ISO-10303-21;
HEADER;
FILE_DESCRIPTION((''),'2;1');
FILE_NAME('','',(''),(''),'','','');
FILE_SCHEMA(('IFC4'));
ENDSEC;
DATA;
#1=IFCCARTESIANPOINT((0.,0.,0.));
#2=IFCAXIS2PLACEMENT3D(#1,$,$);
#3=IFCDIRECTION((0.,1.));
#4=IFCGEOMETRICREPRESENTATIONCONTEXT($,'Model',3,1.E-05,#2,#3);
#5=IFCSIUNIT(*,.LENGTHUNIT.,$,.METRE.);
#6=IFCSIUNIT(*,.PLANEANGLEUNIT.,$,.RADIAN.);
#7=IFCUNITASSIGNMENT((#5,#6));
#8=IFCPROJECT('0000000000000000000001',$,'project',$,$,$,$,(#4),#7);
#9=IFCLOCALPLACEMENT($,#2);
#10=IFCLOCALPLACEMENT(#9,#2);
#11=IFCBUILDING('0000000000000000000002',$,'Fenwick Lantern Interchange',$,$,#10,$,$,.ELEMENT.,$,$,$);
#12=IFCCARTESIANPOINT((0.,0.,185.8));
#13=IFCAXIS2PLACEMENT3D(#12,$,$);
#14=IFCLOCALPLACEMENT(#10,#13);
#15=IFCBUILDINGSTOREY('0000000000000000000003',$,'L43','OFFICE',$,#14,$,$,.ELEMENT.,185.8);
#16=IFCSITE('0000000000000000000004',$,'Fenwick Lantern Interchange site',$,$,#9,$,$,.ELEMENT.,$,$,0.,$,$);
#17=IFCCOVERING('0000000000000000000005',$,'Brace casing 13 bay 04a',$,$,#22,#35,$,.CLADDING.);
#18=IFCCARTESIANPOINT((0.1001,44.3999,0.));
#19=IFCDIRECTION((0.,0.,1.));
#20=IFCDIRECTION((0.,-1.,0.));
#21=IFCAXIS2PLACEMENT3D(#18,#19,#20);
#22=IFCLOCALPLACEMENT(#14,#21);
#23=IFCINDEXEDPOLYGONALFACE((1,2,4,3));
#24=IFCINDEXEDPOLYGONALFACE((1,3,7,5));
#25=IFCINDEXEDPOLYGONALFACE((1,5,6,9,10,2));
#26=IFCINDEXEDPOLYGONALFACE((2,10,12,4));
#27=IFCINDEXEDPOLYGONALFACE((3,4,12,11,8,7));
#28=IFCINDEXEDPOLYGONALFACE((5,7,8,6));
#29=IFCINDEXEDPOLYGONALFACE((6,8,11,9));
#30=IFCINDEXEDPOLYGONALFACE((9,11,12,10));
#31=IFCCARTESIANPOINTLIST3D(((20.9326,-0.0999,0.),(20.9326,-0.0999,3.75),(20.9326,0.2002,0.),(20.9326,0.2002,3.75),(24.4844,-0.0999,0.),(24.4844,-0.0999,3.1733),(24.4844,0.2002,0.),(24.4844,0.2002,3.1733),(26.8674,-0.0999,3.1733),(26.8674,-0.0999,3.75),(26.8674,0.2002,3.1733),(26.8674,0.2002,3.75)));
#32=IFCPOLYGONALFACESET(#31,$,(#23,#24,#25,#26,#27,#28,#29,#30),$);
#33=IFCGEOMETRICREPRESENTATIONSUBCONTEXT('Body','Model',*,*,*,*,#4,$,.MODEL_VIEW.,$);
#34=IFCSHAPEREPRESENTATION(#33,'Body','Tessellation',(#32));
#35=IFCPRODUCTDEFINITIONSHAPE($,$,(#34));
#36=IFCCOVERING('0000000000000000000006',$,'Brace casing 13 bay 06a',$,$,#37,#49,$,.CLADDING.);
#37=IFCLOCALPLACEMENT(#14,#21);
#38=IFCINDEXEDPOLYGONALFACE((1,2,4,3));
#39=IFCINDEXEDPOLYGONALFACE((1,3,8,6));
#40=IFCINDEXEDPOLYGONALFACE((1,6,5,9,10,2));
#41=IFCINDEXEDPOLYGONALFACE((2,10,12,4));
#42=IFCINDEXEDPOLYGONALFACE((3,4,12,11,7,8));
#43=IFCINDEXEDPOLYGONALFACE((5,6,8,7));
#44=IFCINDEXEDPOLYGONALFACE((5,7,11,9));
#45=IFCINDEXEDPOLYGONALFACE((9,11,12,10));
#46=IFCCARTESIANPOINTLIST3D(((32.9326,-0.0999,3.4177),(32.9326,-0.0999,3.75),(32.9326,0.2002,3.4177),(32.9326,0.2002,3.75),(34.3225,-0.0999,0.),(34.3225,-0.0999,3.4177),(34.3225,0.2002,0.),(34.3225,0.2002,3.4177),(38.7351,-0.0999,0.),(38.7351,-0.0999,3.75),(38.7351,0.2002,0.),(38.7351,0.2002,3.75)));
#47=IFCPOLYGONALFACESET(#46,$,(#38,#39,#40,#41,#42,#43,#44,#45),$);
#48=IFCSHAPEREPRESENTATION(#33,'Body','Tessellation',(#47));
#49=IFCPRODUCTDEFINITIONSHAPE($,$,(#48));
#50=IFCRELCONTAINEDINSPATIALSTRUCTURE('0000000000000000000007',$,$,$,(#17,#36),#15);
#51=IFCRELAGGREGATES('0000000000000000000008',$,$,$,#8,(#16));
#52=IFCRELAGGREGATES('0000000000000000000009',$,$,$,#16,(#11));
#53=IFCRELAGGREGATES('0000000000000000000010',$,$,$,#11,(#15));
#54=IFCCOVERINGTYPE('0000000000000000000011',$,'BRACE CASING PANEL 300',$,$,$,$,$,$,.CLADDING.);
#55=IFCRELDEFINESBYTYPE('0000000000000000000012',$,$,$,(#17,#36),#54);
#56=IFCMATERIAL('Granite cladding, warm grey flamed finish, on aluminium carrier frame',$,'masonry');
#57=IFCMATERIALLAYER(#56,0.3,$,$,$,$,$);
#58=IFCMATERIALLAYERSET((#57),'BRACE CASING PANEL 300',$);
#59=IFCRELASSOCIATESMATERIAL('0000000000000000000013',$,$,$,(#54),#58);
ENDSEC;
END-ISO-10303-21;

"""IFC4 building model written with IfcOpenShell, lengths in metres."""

from ifc_helpers import new_model, si_unit, direction, frame, origin, place, context, subcontext, project, spatial, polyline, outline, extrude, material, layer, layer_set, type_object, element, save


model = new_model("IFC4")

# Units and contexts
model_context = context("Model", 3, precision=1e-05, world=origin(), true_north=direction((0.0, 1.0)))
body_context = subcontext(model_context, "Body", "Model", "MODEL_VIEW")
ifc_project = project(units=[si_unit("LENGTHUNIT", "METRE"), si_unit("PLANEANGLEUNIT", "RADIAN")], contexts=[model_context])

# Site, building, storey
site_placement = place(None, origin())
site = spatial("IfcSite", under=ifc_project, at=site_placement, Name="Fenwick Lantern Interchange site", CompositionType="ELEMENT", RefElevation=0.0)
building_placement = place(site_placement, origin())
building = spatial("IfcBuilding", under=site, at=building_placement, Name="Fenwick Lantern Interchange", CompositionType="ELEMENT")
storey_placement = place(building_placement, frame((0.0, 0.0, 185.8)))
storey = spatial("IfcBuildingStorey", under=building, at=storey_placement, Name="L43", Description="OFFICE", CompositionType="ELEMENT", Elevation=185.8)

# Coverings
ifc_material_1 = material(Name="Granite cladding, warm grey flamed finish, on aluminium carrier frame", Category="masonry")
ifc_layer_1 = layer(ifc_material_1, 0.3)
ifc_layer_set_1 = layer_set([ifc_layer_1], Name="BRACE CASING PANEL 300")
covering_type = type_object("IfcCoveringType", Name="BRACE CASING PANEL 300", PredefinedType="CLADDING", material=ifc_layer_set_1)
covering_1_placement = place(storey_placement, frame((0.1001, 44.3999, 0.0), z_axis=(0.0, 0.0, 1.0), x_axis=(0.0, -1.0, 0.0)))
element("IfcCovering", 1, at=covering_1_placement, inside=storey, type_object=covering_type, Name="Brace casing 13 bay 04a", PredefinedType="CLADDING", context=body_context, shape_type="SweptSolid", body=[
    extrude(outline(polyline([(20.9326, 0.0), (24.4844, 0.0), (24.4844, 3.1733), (26.8674, 3.1733), (26.8674, 3.75), (20.9326, 3.75), (20.9326, 0.0)])), frame((0.0, 0.2002, 0.0), z_axis=(0.0, -1.0, 0.0), x_axis=(1.0, 0.0, 0.0)), (0.0, 0.0, 1.0), 0.3),
])
covering_2_placement = place(storey_placement, frame((0.1001, 44.3999, 0.0), z_axis=(0.0, 0.0, 1.0), x_axis=(0.0, -1.0, 0.0)))
element("IfcCovering", 2, at=covering_2_placement, inside=storey, type_object=covering_type, Name="Brace casing 13 bay 06a", PredefinedType="CLADDING", context=body_context, shape_type="SweptSolid", body=[
    extrude(outline(polyline([(34.3225, 0.0), (38.7351, 0.0), (38.7351, 3.75), (32.9326, 3.75), (32.9326, 3.4177), (34.3225, 3.4177), (34.3225, 0.0)])), frame((0.0, 0.2002, 0.0), z_axis=(0.0, -1.0, 0.0), x_axis=(1.0, 0.0, 0.0)), (0.0, 0.0, 1.0), 0.3),
])

save(model, "model.ifc")
